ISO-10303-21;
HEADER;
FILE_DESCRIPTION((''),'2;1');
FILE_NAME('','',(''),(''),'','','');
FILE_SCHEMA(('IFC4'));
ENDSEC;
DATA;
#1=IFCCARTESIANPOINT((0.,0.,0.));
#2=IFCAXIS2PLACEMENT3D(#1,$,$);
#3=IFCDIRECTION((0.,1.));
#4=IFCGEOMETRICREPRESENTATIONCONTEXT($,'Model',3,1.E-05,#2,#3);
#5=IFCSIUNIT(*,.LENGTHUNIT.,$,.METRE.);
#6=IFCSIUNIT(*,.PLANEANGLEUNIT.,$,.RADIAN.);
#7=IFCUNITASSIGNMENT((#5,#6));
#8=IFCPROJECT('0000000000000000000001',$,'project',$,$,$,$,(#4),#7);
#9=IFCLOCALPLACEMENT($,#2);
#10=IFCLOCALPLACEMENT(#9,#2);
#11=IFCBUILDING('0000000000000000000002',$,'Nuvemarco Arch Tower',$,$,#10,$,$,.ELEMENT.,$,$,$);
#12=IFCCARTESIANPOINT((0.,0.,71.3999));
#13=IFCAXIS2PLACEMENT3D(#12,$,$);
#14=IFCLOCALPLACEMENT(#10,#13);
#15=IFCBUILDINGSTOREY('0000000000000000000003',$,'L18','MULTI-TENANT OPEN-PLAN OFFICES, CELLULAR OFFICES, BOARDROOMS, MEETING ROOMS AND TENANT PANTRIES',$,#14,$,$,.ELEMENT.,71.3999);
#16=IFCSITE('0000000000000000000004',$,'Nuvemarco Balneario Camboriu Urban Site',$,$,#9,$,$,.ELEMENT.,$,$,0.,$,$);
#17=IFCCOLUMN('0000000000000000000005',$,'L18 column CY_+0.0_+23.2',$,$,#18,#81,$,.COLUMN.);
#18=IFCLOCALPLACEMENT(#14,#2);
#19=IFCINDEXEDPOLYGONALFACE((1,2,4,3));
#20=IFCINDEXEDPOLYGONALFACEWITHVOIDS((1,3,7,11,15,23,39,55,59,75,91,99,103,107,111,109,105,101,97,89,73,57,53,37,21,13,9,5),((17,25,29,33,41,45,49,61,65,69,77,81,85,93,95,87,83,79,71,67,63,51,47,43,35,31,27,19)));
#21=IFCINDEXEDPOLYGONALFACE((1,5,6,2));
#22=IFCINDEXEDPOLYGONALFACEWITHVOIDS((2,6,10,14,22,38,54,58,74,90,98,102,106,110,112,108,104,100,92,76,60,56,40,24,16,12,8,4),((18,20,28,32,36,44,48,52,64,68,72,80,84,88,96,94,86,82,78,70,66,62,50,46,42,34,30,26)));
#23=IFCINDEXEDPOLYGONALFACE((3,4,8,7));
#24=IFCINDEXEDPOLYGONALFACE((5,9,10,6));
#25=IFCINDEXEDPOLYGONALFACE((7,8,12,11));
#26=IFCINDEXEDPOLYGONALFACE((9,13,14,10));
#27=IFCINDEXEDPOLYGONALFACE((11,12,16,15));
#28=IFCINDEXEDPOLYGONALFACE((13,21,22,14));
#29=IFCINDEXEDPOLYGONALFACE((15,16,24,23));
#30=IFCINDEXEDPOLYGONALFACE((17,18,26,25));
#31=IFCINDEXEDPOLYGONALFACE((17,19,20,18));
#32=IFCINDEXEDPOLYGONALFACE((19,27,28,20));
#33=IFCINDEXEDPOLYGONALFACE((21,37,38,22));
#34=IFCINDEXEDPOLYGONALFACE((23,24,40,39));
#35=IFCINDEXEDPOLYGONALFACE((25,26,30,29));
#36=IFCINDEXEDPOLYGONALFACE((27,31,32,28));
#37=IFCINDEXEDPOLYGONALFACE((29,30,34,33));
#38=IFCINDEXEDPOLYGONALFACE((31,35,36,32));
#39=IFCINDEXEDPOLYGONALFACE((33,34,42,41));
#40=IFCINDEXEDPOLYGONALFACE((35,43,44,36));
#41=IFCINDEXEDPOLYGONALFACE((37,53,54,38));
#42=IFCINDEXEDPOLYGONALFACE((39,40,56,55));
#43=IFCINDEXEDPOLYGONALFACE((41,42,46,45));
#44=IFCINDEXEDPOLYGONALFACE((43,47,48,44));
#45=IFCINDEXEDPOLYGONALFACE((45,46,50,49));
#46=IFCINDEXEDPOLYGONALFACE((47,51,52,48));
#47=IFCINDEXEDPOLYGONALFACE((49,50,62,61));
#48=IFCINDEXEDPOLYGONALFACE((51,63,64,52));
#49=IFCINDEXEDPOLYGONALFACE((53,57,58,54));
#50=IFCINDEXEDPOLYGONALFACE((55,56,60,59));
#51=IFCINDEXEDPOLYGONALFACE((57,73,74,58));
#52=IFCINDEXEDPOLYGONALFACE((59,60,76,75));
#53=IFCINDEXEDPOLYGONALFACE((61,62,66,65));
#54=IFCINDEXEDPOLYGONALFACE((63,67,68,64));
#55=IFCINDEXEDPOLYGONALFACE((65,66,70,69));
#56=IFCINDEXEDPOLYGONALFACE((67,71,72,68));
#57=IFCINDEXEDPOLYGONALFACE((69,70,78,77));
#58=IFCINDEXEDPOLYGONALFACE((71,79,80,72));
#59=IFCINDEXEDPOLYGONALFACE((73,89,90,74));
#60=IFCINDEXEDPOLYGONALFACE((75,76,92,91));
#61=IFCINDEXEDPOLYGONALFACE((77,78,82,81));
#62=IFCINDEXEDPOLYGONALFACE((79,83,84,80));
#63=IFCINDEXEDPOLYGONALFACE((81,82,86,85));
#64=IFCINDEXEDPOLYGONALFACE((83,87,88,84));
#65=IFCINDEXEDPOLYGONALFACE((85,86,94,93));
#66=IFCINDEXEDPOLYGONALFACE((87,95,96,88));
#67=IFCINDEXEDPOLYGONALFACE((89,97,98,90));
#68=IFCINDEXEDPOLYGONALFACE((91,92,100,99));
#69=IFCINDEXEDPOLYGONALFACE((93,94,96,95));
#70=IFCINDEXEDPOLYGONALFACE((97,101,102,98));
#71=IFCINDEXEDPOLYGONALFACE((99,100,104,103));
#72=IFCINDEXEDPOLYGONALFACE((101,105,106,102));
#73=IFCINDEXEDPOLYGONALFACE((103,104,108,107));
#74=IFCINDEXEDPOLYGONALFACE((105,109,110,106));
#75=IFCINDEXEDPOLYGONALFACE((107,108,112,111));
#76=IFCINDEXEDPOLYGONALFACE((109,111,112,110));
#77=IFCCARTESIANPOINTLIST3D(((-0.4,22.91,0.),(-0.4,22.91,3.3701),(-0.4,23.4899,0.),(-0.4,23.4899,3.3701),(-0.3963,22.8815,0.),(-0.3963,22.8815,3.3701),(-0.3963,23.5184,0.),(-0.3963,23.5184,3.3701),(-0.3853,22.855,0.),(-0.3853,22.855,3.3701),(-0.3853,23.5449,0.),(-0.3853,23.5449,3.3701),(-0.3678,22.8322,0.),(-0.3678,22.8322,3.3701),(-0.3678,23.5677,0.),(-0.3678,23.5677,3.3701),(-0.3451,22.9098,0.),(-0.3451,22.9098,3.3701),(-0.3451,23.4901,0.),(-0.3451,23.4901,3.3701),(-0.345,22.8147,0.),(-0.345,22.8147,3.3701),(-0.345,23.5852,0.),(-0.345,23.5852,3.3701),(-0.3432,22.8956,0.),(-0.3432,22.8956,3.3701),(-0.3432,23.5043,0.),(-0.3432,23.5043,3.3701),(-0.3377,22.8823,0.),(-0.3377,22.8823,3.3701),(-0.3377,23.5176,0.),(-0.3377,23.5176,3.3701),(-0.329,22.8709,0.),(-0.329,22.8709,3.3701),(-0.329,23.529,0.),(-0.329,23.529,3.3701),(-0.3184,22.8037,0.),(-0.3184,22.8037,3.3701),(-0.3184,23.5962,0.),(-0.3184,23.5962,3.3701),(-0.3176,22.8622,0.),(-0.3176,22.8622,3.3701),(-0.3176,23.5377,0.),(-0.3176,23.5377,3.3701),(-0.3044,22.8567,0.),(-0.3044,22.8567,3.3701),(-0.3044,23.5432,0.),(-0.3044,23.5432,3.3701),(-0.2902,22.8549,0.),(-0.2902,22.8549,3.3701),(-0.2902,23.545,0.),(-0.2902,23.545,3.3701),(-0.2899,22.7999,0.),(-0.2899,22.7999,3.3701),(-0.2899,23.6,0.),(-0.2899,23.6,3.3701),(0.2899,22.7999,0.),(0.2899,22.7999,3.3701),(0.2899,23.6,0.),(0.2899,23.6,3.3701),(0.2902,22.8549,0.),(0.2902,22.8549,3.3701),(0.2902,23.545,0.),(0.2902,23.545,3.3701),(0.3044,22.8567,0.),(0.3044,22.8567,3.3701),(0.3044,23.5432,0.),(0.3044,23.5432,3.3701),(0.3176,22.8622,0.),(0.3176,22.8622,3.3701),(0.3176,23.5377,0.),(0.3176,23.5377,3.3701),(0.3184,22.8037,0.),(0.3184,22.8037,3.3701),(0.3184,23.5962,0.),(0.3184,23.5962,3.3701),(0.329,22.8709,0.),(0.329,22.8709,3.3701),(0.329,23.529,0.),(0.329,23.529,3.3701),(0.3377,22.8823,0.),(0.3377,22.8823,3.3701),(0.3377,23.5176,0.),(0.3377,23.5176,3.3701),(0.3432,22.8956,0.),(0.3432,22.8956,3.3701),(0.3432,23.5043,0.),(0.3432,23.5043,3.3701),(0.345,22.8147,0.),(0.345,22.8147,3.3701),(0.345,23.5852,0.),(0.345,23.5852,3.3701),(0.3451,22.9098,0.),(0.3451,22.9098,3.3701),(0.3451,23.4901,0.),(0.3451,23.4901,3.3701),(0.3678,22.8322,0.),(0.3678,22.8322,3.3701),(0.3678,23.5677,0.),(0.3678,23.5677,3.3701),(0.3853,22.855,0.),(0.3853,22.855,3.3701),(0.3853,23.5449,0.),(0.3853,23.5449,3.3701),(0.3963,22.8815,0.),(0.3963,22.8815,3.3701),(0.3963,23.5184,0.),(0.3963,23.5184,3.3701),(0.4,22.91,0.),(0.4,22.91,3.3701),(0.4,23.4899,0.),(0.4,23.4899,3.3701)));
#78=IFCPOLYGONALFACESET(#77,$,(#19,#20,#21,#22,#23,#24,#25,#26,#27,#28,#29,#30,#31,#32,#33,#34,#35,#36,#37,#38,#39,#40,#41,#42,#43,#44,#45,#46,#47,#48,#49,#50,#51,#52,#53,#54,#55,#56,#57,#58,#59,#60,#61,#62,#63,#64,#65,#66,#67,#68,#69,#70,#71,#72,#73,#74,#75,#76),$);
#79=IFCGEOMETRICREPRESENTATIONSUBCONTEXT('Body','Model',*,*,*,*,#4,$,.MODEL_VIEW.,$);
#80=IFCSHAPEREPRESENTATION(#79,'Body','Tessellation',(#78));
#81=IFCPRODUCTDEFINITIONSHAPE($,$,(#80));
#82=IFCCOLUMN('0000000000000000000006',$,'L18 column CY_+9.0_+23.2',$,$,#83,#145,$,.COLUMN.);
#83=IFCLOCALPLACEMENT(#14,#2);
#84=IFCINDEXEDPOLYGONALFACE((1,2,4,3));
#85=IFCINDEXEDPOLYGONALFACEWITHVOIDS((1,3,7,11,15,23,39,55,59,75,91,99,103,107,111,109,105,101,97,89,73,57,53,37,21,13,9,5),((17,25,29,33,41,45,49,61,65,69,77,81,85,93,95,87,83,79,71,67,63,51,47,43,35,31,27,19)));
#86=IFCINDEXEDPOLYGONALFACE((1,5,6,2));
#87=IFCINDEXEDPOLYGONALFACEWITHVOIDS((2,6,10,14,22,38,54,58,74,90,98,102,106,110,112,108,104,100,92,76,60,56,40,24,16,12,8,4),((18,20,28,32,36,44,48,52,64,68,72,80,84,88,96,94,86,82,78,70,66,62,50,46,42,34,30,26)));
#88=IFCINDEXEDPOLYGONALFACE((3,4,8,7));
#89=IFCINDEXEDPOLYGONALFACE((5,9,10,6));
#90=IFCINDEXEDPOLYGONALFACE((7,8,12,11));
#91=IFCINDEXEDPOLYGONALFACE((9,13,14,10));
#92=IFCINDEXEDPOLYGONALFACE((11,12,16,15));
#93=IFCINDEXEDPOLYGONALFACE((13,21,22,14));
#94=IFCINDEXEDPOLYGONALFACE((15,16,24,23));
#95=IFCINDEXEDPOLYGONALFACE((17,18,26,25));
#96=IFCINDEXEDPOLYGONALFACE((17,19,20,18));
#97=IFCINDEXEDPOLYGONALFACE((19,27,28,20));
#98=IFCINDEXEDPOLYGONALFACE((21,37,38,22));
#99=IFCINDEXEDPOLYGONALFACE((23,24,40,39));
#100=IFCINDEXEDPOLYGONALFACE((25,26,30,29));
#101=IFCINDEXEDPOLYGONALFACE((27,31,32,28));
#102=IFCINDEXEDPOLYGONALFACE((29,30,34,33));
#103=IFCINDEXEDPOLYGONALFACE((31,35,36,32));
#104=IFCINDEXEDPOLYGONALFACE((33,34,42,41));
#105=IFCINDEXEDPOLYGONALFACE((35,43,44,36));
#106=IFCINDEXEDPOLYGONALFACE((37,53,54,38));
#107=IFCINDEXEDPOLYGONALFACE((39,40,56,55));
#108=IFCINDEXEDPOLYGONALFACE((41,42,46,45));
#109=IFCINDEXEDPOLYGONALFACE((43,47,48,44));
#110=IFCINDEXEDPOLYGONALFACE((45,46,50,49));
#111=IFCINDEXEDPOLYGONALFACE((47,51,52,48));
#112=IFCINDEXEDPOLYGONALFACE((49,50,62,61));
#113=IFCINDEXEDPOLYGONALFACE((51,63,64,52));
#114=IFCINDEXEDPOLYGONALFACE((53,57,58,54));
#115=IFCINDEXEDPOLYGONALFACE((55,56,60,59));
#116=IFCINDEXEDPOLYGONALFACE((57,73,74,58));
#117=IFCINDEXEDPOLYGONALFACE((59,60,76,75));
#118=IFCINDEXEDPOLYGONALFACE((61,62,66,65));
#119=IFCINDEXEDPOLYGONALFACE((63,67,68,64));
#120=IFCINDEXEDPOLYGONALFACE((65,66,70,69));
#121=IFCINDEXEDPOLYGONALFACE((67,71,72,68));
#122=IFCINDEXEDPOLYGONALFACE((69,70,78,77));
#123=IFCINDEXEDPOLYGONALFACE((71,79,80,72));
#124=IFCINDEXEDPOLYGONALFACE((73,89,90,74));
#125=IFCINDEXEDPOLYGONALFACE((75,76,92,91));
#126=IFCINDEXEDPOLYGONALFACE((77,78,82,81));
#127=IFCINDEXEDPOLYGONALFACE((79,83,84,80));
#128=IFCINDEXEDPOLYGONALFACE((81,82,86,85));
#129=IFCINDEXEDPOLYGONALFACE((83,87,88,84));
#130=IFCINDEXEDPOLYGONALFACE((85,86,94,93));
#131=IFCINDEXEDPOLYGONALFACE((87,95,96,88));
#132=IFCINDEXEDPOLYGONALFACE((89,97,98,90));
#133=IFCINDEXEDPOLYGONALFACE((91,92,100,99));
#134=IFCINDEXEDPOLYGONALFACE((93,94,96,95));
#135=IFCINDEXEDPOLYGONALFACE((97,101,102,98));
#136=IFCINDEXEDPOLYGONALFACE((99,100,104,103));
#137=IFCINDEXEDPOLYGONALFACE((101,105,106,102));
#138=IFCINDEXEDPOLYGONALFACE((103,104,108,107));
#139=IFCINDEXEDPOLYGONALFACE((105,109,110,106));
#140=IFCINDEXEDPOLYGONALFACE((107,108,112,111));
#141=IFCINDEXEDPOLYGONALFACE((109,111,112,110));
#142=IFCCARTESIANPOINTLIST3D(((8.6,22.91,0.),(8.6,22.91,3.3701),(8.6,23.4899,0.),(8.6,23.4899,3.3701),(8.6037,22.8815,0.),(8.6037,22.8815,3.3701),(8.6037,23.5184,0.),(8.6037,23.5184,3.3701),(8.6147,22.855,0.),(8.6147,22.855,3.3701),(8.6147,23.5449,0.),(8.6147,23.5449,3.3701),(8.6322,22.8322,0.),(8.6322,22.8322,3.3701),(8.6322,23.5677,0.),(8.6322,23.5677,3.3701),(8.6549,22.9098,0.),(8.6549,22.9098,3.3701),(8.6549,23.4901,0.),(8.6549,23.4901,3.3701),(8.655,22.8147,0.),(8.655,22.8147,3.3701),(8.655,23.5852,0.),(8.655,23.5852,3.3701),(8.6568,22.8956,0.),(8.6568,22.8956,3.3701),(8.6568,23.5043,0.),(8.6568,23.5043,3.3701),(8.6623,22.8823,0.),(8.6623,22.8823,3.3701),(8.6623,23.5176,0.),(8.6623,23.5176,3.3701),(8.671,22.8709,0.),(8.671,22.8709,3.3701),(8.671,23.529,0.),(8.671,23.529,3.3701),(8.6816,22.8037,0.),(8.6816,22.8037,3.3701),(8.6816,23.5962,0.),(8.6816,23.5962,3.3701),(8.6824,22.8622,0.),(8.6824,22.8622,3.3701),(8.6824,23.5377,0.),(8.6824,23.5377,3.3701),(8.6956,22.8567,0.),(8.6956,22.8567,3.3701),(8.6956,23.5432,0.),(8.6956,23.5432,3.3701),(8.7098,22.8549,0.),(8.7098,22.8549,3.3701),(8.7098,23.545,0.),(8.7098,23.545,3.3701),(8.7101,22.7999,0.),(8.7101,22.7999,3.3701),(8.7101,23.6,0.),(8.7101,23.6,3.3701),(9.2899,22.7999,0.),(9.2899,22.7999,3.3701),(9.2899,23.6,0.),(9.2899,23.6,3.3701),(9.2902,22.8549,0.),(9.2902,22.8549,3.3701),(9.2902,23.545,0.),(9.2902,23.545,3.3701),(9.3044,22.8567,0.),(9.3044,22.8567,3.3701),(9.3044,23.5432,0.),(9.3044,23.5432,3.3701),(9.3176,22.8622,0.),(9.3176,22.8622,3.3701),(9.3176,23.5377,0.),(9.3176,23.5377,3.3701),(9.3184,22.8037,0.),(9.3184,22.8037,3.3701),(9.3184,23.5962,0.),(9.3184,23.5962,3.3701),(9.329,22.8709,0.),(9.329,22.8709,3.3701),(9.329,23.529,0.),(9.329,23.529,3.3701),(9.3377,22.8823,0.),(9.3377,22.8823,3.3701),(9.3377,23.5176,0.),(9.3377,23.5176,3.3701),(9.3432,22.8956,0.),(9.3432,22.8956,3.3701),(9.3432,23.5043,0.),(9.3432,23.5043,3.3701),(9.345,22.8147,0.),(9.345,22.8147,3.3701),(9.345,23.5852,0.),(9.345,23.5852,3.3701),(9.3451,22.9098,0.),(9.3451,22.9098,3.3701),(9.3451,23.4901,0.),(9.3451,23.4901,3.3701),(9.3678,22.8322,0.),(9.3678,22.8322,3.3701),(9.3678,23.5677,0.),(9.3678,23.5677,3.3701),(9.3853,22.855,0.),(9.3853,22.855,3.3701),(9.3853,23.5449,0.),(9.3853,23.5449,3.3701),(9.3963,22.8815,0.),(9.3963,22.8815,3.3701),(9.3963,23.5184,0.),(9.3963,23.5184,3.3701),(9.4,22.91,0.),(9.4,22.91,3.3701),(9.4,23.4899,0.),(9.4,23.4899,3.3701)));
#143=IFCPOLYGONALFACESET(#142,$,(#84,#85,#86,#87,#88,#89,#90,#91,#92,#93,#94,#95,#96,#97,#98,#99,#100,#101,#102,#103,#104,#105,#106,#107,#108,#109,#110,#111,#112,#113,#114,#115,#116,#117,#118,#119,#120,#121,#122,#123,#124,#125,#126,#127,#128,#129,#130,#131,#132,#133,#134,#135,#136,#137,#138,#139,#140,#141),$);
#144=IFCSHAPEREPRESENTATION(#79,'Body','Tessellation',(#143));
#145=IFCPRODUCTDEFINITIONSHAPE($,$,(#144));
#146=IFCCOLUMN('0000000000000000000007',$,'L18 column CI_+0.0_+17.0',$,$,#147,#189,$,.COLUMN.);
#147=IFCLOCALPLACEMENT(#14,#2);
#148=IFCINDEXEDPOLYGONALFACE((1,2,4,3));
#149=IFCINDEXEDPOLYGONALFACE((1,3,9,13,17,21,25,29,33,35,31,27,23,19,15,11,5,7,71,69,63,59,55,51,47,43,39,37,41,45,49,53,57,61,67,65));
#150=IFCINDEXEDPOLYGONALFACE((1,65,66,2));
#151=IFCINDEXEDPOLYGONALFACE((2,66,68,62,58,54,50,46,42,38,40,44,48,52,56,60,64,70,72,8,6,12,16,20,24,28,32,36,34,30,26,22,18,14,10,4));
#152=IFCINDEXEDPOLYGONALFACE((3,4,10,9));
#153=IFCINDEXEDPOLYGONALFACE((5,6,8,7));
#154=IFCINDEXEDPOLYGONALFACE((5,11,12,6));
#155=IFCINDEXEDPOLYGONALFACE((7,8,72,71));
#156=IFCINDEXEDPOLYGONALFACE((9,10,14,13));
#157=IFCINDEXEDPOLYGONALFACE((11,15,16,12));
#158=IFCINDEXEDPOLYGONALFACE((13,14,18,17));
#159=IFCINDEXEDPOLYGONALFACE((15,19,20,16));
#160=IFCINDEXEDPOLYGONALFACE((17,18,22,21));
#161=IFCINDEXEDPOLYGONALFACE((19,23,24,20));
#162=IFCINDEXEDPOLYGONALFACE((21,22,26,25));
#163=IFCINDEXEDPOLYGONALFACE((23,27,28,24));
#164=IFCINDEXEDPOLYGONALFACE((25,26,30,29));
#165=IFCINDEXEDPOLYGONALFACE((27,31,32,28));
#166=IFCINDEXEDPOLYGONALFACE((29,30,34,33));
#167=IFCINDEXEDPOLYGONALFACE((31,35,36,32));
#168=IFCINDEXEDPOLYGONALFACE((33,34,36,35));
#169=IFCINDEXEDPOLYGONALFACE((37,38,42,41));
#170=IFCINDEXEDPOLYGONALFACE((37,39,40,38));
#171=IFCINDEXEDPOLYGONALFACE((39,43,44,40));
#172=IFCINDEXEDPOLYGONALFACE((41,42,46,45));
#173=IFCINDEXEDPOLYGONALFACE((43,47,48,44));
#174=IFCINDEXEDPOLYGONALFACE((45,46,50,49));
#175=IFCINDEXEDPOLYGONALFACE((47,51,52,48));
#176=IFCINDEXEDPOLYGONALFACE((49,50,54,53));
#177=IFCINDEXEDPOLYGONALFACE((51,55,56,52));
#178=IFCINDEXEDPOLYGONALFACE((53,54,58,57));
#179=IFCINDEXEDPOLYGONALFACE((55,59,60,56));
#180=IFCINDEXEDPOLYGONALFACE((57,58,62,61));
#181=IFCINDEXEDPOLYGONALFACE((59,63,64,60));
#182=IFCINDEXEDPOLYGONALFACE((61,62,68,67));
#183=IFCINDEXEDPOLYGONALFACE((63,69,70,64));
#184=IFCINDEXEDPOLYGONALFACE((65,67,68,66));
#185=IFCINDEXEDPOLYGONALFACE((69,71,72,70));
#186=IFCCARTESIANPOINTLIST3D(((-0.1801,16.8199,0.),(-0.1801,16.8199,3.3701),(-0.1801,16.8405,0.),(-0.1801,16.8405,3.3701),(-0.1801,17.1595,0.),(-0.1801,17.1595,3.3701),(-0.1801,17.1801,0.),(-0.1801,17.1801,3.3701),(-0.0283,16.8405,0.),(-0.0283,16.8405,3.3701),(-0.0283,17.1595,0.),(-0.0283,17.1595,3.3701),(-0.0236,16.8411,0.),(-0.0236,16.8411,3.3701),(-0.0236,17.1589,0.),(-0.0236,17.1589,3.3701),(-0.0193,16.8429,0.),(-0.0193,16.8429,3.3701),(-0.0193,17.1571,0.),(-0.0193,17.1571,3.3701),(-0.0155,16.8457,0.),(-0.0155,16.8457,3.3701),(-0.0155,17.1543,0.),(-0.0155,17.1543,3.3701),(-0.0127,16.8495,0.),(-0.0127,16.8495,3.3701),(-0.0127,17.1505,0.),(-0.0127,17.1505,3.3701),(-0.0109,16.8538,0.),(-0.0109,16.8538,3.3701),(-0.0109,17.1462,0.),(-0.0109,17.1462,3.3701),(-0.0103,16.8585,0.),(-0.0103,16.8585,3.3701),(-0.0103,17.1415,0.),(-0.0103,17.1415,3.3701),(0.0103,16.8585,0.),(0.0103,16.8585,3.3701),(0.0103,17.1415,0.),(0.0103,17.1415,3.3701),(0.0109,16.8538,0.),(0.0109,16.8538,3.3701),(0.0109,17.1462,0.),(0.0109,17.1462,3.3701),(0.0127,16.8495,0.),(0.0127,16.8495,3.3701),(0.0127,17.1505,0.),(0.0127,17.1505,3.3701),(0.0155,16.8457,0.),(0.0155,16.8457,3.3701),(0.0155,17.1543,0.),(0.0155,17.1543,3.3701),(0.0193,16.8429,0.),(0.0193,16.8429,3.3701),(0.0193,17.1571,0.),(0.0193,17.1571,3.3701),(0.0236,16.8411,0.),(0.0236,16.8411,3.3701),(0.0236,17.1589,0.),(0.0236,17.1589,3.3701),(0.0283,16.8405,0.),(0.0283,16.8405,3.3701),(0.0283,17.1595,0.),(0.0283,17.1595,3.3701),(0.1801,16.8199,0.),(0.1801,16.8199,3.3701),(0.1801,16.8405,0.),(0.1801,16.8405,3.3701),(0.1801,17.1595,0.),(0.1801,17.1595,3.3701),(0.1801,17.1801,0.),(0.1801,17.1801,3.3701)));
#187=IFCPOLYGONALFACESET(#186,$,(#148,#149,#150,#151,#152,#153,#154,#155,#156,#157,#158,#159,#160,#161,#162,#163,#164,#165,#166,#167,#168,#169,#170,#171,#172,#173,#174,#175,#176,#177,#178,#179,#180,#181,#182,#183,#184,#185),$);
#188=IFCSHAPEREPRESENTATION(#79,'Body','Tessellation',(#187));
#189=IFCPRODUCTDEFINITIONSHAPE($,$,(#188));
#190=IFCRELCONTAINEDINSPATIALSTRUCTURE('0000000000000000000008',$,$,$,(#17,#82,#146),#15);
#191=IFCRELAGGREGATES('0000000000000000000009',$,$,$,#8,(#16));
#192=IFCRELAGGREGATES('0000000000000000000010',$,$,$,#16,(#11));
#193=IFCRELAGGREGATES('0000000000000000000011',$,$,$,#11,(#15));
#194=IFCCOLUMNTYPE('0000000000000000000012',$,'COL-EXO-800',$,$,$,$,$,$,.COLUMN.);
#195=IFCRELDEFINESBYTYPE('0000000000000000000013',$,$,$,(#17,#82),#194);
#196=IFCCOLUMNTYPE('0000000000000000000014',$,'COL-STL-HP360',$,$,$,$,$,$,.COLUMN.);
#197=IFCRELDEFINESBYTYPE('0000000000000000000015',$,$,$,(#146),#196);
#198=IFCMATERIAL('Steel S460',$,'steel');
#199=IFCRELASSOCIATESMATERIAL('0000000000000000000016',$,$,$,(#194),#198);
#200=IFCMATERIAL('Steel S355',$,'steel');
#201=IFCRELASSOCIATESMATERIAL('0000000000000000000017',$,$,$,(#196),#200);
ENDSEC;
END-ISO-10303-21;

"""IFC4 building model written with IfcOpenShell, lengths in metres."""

from ifc_helpers import new_model, si_unit, direction, frame, origin, origin_2d, place, context, subcontext, project, spatial, hollow_rectangle, i_section, extrude, material, material_profile, profile_set, type_object, element, save


model = new_model("IFC4")

# Units and contexts
model_context = context("Model", 3, precision=1e-05, world=origin(), true_north=direction((0.0, 1.0)))
body_context = subcontext(model_context, "Body", "Model", "MODEL_VIEW")
ifc_project = project(units=[si_unit("LENGTHUNIT", "METRE"), si_unit("PLANEANGLEUNIT", "RADIAN")], contexts=[model_context])

# Site, building, storey
site_placement = place(None, origin())
site = spatial("IfcSite", under=ifc_project, at=site_placement, Name="Nuvemarco Balneario Camboriu Urban Site", CompositionType="ELEMENT", RefElevation=0.0)
building_placement = place(site_placement, origin())
building = spatial("IfcBuilding", under=site, at=building_placement, Name="Nuvemarco Arch Tower", CompositionType="ELEMENT")
storey_placement = place(building_placement, frame((0.0, 0.0, 71.3999)))
storey = spatial("IfcBuildingStorey", under=building, at=storey_placement, Name="L18", Description="MULTI-TENANT OPEN-PLAN OFFICES, CELLULAR OFFICES, BOARDROOMS, MEETING ROOMS AND TENANT PANTRIES", CompositionType="ELEMENT", Elevation=71.3999)

# Columns
ifc_material_1 = material(Name="Steel S460", Category="steel")
ifc_material_profile_1 = material_profile(ifc_material_1, hollow_rectangle(XDim=0.8, YDim=0.8, WallThickness=0.0549, InnerFilletRadius=0.0549, OuterFilletRadius=0.1101, at=origin_2d()), Name="SHS800x800x55")
ifc_profile_set_1 = profile_set([ifc_material_profile_1], Name="Steel S460")
column_type_1 = type_object("IfcColumnType", Name="COL-EXO-800", PredefinedType="COLUMN", material=ifc_profile_set_1)
for number, where, z_axis, x_axis, name in (
    (1, (0.0, 23.2, 0.0), (0.0, 0.0, 1.0), (1.0, 0.0, 0.0), "L18 column CY_+0.0_+23.2"),
    (2, (9.0, 23.2, 0.0), (0.0, 0.0, 1.0), (1.0, 0.0, 0.0), "L18 column CY_+9.0_+23.2"),
):
    element("IfcColumn", number, at=place(storey_placement, frame(where, z_axis=z_axis, x_axis=x_axis)), inside=storey, type_object=column_type_1, Name=name, PredefinedType="COLUMN", context=body_context, shape_type="SweptSolid", body=[
        extrude(hollow_rectangle(XDim=0.8, YDim=0.8, WallThickness=0.0549, InnerFilletRadius=0.0549, OuterFilletRadius=0.1101, at=origin_2d()), origin(), (0.0, 0.0, 1.0), 3.3701),
    ])
ifc_material_2 = material(Name="Steel S355", Category="steel")
ifc_material_profile_2 = material_profile(ifc_material_2, i_section(OverallWidth=0.3601, OverallDepth=0.3601, WebThickness=0.0205, FlangeThickness=0.0205, FilletRadius=0.0181, at=origin_2d()), Name="HP360x174")
ifc_profile_set_2 = profile_set([ifc_material_profile_2], Name="Steel S355")
column_type_2 = type_object("IfcColumnType", Name="COL-STL-HP360", PredefinedType="COLUMN", material=ifc_profile_set_2)
for number, where, z_axis, x_axis, name in (
    (3, (0.0, 17.0, 0.0), (0.0, 0.0, 1.0), (1.0, 0.0, 0.0), "L18 column CI_+0.0_+17.0"),
):
    element("IfcColumn", number, at=place(storey_placement, frame(where, z_axis=z_axis, x_axis=x_axis)), inside=storey, type_object=column_type_2, Name=name, PredefinedType="COLUMN", context=body_context, shape_type="SweptSolid", body=[
        extrude(i_section(OverallWidth=0.3601, OverallDepth=0.3601, WebThickness=0.0205, FlangeThickness=0.0205, FilletRadius=0.0181, at=origin_2d()), origin(), (0.0, 0.0, 1.0), 3.3701),
    ])

save(model, "model.ifc")
